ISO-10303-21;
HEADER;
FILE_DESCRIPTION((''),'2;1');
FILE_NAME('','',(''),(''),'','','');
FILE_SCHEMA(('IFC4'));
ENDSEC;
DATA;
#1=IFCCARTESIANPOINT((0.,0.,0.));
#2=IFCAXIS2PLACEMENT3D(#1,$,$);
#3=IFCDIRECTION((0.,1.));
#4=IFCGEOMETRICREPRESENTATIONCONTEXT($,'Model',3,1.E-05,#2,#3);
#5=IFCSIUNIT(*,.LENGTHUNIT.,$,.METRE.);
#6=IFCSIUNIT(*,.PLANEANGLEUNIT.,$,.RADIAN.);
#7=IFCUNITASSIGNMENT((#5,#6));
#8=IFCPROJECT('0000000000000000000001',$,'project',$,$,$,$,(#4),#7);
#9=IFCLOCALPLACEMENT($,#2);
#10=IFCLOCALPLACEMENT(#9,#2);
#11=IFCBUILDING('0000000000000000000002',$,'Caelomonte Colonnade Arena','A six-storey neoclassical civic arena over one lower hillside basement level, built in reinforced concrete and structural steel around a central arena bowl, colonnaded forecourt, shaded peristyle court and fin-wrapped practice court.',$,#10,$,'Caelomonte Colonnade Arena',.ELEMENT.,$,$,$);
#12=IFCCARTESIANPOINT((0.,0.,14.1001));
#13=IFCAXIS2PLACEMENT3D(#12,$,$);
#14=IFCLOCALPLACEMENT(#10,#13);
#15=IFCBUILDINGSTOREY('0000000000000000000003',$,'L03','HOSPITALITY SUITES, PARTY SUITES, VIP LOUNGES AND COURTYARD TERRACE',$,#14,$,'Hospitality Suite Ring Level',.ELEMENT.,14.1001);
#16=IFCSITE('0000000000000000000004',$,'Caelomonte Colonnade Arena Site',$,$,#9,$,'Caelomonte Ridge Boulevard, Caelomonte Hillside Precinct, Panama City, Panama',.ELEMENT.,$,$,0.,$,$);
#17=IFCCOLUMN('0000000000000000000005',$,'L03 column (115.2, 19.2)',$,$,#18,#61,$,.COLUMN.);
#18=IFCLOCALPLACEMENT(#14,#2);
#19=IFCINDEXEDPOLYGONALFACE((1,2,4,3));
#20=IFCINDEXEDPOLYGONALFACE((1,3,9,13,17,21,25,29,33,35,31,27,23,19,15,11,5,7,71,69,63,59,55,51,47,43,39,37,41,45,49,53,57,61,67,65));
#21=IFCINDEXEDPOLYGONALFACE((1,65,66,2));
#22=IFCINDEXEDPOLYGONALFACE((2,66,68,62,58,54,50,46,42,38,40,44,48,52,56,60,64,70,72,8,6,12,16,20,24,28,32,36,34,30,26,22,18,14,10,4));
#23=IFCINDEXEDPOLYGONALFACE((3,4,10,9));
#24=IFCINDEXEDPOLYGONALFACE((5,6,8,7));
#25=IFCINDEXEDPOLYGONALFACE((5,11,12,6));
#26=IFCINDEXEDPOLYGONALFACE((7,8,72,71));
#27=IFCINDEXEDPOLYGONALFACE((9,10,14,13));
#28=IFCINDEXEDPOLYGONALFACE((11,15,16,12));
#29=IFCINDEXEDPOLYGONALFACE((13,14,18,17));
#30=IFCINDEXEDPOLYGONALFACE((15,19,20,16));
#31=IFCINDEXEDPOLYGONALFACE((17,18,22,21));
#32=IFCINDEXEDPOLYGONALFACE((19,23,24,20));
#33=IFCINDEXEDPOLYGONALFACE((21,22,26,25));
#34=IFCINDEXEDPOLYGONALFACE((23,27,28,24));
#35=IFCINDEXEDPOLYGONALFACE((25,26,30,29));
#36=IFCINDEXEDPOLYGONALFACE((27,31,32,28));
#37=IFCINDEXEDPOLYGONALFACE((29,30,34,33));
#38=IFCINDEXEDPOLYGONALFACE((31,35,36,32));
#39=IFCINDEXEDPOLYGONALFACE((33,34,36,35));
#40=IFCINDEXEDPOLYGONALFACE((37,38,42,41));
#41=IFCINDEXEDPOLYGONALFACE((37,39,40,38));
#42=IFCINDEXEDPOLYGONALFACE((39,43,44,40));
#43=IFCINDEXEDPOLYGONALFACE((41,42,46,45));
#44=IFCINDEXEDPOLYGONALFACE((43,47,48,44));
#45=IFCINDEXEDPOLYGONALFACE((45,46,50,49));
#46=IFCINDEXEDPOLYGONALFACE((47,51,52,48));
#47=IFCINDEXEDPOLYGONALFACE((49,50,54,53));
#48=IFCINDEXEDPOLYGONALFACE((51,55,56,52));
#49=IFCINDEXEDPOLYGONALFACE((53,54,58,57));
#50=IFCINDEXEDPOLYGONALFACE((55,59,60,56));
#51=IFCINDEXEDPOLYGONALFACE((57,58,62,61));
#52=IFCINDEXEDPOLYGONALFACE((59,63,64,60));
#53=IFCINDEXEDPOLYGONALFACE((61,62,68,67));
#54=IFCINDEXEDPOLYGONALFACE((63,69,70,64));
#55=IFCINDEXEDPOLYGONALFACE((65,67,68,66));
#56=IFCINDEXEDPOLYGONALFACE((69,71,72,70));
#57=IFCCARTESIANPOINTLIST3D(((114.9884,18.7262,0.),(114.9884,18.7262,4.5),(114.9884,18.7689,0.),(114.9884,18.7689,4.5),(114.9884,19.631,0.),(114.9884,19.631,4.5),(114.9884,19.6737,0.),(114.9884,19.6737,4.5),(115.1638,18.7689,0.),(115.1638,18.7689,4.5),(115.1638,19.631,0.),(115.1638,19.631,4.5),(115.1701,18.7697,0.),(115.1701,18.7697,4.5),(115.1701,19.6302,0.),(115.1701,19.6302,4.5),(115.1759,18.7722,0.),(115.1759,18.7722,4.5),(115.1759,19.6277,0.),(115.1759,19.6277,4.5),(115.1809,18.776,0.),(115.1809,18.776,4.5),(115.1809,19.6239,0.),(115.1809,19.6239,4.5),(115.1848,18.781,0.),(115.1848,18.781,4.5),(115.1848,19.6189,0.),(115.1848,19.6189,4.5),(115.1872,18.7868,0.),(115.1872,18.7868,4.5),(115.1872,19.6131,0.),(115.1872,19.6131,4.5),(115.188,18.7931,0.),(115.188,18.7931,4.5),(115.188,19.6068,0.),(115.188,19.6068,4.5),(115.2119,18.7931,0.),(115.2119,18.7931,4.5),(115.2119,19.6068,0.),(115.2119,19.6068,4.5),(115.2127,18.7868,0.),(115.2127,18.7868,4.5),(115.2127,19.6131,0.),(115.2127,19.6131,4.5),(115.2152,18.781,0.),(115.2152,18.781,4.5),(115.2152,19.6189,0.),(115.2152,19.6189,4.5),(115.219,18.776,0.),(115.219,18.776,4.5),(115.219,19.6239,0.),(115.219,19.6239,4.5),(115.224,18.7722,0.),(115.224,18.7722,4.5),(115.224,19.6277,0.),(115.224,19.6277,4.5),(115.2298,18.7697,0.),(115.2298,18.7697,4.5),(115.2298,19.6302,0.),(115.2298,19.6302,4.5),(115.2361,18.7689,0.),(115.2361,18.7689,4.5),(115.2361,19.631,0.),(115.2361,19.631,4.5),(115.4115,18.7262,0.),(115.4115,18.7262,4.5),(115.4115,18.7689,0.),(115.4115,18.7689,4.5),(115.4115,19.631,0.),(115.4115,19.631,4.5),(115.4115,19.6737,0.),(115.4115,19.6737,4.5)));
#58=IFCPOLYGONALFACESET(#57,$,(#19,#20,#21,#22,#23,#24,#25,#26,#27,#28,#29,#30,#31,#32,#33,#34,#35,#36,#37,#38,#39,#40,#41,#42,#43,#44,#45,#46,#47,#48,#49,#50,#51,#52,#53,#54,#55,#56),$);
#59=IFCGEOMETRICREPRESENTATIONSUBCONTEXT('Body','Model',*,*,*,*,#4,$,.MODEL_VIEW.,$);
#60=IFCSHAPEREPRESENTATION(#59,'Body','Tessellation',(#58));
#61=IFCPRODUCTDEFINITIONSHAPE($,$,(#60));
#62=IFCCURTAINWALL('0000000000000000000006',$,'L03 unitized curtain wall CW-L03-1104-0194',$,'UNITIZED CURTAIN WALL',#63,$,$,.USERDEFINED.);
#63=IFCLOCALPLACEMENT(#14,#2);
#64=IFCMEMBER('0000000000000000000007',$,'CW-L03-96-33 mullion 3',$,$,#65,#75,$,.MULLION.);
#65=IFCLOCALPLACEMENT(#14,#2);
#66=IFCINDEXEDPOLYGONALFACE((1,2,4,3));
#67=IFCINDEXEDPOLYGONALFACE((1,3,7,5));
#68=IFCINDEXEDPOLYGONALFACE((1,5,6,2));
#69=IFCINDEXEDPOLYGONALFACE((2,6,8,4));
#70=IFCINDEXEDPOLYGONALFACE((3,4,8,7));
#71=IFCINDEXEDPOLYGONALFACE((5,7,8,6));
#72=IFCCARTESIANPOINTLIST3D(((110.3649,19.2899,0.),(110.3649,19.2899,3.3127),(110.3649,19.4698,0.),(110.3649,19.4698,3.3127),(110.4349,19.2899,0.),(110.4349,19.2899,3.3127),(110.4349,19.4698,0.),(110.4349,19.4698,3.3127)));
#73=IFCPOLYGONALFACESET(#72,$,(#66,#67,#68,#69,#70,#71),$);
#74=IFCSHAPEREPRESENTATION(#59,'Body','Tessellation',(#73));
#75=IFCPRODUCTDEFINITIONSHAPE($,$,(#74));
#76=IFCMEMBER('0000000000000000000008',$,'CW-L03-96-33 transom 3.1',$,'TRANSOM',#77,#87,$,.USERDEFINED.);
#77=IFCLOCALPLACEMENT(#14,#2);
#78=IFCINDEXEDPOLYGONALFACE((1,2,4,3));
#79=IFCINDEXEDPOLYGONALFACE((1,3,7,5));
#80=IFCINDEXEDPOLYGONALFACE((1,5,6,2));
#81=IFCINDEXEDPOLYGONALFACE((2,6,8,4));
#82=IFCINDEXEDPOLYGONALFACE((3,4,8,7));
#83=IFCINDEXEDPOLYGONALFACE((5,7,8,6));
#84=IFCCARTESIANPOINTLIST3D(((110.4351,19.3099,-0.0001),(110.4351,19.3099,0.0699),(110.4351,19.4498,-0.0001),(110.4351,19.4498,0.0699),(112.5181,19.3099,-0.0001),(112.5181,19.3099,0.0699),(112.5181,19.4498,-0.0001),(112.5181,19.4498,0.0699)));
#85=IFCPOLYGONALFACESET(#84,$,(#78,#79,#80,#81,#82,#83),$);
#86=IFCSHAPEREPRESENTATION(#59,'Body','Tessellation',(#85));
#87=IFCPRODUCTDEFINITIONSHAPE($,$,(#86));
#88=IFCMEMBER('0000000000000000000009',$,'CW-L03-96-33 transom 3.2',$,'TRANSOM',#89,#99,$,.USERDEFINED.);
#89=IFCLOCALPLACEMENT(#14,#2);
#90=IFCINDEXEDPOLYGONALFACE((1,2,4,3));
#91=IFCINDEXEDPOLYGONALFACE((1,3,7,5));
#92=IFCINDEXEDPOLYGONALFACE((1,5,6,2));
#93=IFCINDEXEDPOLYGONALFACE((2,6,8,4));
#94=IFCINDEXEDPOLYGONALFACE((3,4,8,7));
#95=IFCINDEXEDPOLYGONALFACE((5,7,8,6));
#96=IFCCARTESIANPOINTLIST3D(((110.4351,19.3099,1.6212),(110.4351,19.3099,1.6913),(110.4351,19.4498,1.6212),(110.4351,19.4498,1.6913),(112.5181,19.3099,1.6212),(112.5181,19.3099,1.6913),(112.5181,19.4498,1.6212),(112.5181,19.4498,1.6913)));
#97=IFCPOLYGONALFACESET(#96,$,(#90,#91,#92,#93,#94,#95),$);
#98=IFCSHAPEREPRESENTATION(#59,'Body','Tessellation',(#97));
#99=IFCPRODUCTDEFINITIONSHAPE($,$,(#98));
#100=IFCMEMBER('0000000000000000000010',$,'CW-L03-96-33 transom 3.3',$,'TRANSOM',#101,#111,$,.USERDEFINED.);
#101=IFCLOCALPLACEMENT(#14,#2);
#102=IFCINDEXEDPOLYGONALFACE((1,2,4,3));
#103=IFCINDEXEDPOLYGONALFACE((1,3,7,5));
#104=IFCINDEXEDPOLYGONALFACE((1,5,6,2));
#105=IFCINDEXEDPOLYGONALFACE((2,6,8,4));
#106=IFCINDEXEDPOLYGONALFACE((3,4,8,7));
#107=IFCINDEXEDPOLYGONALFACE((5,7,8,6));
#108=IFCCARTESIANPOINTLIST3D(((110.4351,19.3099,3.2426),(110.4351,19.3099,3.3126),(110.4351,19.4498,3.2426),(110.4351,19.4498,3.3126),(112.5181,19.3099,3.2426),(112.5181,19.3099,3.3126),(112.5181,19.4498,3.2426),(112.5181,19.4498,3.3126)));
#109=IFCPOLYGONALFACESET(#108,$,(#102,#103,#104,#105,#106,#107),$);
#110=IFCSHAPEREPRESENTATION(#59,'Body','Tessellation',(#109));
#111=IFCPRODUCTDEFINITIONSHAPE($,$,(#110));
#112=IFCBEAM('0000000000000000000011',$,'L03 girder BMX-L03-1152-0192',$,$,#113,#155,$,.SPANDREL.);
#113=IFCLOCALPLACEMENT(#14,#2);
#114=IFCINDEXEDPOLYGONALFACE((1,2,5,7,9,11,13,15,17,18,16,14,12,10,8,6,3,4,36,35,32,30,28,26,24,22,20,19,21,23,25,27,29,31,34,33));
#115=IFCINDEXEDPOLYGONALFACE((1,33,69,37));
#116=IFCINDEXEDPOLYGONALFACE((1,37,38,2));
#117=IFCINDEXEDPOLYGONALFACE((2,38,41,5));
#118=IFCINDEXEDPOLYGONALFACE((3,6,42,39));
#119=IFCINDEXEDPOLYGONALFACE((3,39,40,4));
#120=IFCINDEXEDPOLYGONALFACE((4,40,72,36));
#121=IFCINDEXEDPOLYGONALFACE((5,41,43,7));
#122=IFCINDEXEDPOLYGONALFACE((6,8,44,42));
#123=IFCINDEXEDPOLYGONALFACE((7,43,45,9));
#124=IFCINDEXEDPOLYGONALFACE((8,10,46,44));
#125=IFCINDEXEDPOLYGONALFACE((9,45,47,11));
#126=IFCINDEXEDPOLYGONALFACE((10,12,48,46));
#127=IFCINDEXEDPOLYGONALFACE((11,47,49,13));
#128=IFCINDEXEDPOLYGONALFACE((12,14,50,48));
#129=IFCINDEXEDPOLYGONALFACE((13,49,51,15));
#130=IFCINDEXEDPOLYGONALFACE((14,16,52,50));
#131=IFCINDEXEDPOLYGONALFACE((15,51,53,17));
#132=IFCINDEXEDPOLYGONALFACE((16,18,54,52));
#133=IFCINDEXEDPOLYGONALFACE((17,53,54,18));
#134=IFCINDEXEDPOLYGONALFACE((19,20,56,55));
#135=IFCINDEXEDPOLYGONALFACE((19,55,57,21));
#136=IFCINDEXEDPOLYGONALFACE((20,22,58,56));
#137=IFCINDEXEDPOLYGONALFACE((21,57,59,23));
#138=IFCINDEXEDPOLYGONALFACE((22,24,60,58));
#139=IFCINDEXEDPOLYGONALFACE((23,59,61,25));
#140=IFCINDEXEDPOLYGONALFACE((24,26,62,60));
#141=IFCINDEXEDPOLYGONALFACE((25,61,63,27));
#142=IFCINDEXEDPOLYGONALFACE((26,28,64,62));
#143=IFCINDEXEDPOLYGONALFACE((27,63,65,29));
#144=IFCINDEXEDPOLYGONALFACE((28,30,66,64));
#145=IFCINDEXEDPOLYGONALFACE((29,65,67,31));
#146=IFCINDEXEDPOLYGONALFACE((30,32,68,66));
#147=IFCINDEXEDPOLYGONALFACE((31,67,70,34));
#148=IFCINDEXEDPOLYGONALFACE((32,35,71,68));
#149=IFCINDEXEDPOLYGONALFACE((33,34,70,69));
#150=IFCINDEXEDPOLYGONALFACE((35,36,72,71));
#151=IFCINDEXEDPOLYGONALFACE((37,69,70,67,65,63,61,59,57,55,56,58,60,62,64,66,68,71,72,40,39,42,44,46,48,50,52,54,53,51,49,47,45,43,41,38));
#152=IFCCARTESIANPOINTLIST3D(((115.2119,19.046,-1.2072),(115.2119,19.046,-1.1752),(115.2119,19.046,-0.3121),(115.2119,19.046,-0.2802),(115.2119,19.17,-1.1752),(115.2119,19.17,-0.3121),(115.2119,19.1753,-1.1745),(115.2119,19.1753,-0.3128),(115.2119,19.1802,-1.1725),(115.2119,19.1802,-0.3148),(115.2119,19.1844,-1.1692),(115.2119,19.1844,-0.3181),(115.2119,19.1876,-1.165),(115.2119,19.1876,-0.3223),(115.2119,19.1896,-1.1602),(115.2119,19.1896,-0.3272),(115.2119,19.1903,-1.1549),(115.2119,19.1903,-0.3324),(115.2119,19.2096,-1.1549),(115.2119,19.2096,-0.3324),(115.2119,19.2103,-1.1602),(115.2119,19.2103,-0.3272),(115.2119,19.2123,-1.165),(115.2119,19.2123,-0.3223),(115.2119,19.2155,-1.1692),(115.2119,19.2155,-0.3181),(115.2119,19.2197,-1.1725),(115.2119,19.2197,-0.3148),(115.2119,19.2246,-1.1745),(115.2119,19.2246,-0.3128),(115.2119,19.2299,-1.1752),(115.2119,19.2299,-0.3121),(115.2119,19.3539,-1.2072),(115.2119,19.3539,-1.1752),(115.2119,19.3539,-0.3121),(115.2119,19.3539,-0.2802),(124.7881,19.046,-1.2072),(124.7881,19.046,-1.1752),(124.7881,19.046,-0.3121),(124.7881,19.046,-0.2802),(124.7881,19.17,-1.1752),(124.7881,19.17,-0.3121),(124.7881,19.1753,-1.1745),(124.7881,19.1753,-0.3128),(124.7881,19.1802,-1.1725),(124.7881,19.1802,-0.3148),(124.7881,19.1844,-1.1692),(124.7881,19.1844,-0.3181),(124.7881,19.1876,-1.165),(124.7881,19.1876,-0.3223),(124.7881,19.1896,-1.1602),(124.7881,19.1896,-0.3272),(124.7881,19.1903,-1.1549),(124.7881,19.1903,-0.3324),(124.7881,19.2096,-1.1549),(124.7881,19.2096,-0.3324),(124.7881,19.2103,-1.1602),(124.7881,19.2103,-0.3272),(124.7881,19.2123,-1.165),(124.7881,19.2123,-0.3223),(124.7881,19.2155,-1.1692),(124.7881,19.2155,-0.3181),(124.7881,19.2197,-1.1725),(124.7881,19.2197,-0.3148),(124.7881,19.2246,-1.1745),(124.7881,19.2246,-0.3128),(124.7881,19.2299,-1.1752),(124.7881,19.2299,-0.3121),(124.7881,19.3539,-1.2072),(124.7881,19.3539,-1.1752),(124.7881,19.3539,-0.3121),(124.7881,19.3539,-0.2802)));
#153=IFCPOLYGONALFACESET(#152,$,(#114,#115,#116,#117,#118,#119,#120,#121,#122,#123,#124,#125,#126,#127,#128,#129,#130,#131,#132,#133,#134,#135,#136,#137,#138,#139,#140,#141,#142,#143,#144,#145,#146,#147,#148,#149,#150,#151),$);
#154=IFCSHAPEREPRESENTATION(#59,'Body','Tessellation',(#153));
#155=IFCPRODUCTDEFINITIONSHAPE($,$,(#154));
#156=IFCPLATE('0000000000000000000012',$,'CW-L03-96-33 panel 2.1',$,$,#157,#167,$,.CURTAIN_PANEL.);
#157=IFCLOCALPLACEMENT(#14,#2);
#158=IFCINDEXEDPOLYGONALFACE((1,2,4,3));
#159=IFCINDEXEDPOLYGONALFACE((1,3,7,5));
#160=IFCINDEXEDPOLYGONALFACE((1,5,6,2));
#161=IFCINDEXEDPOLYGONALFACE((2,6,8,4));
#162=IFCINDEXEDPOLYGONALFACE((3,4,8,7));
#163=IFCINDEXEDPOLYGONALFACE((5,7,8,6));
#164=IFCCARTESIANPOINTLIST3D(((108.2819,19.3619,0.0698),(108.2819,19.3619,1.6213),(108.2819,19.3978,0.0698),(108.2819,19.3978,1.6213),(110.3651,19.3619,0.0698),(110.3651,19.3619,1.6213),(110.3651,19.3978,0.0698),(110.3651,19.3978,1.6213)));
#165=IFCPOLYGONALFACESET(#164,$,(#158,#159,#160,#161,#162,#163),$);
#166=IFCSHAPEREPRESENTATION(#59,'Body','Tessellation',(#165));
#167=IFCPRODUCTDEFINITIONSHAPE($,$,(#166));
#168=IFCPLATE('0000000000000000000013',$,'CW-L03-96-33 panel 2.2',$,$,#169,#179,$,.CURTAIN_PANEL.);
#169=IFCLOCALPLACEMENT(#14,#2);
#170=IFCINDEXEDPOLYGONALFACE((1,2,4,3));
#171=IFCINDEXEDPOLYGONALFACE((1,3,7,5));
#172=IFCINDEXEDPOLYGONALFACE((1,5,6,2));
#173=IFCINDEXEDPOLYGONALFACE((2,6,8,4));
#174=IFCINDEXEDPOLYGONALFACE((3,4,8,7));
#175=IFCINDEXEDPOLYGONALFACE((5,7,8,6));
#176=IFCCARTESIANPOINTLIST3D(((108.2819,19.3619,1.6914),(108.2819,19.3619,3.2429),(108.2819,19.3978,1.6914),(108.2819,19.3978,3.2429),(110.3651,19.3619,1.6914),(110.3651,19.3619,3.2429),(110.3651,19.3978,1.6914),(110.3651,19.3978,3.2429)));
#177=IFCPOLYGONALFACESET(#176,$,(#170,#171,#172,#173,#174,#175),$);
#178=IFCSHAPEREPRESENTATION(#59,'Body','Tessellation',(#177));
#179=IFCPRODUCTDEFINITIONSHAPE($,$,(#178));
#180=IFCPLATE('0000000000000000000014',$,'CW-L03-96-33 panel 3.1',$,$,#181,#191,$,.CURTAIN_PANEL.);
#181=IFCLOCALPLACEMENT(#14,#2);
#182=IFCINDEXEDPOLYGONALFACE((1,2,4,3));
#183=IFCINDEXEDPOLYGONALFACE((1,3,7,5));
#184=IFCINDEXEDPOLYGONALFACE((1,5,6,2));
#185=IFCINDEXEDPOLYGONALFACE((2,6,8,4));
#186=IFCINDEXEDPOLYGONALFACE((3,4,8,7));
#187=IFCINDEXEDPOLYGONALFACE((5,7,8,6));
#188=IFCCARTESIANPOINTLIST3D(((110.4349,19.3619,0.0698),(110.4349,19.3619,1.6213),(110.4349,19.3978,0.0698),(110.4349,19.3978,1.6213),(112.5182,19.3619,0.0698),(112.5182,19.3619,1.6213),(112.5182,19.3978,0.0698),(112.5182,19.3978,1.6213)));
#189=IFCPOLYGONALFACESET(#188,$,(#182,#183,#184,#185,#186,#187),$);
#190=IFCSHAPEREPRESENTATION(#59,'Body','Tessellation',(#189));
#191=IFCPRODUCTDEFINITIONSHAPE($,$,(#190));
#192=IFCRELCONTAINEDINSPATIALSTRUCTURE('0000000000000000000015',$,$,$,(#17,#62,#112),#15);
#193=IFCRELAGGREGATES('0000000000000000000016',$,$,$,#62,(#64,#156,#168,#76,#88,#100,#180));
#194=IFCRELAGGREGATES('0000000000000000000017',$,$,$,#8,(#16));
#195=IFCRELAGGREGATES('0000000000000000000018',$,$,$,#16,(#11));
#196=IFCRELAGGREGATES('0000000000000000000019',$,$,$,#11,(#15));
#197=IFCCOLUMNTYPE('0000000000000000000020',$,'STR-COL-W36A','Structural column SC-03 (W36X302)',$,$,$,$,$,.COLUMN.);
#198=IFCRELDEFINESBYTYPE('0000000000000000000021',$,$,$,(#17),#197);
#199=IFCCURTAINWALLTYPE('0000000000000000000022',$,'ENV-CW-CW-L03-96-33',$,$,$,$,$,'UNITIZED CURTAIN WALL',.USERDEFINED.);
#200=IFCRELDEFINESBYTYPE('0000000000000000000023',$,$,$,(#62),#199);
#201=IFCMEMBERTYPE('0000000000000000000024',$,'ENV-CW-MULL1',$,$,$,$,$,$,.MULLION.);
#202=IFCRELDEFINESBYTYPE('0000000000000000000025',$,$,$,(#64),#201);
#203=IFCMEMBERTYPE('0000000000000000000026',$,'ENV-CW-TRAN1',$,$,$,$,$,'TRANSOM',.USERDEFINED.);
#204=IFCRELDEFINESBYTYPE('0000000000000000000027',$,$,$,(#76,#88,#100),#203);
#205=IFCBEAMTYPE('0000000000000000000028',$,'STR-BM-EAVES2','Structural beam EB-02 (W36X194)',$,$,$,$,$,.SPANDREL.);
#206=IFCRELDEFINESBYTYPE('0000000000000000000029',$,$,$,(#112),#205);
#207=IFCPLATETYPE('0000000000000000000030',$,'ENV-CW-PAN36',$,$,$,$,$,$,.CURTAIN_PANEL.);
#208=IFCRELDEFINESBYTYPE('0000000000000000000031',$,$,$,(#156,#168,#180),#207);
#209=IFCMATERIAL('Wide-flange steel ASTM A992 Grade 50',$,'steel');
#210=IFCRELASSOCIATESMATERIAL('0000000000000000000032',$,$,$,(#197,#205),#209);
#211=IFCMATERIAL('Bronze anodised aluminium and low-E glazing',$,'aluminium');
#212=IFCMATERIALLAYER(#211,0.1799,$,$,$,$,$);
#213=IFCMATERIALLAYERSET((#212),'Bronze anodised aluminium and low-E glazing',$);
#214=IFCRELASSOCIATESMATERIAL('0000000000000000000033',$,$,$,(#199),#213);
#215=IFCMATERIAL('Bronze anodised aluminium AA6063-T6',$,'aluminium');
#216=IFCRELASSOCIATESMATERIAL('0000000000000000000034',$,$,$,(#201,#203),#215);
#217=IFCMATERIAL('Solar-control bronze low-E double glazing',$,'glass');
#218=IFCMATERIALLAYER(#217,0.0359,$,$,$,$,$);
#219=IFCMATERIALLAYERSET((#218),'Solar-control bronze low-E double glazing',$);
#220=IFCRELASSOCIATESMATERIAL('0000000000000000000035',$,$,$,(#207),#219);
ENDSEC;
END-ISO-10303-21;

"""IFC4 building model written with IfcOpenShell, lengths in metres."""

from ifc_helpers import new_model, si_unit, direction, frame, origin, origin_2d, place, context, subcontext, project, spatial, rectangle, i_section, extrude, material, layer, layer_set, material_profile, profile_set, type_object, element, aggregate, save


model = new_model("IFC4")

# Units and contexts
model_context = context("Model", 3, precision=1e-05, world=origin(), true_north=direction((0.0, 1.0)))
body_context = subcontext(model_context, "Body", "Model", "MODEL_VIEW")
ifc_project = project(units=[si_unit("LENGTHUNIT", "METRE"), si_unit("PLANEANGLEUNIT", "RADIAN")], contexts=[model_context])

# Site, building, storey
site_placement = place(None, origin())
site = spatial("IfcSite", under=ifc_project, at=site_placement, Name="Caelomonte Colonnade Arena Site", LongName="Caelomonte Ridge Boulevard, Caelomonte Hillside Precinct, Panama City, Panama", CompositionType="ELEMENT", RefElevation=0.0)
building_placement = place(site_placement, origin())
building = spatial("IfcBuilding", under=site, at=building_placement, Name="Caelomonte Colonnade Arena", Description="A six-storey neoclassical civic arena over one lower hillside basement level, built in reinforced concrete and structural steel around a central arena bowl, colonnaded forecourt, shaded peristyle court and fin-wrapped practice court.", LongName="Caelomonte Colonnade Arena", CompositionType="ELEMENT")
storey_placement = place(building_placement, frame((0.0, 0.0, 14.1001)))
storey = spatial("IfcBuildingStorey", under=building, at=storey_placement, Name="L03", Description="HOSPITALITY SUITES, PARTY SUITES, VIP LOUNGES AND COURTYARD TERRACE", LongName="Hospitality Suite Ring Level", CompositionType="ELEMENT", Elevation=14.1001)

# Column
ifc_material_1 = material(Name="Wide-flange steel ASTM A992 Grade 50", Category="steel")
ifc_material_profile_1 = material_profile(ifc_material_1, i_section(OverallWidth=0.4231, OverallDepth=0.9475, WebThickness=0.0239, FlangeThickness=0.0427, FilletRadius=0.0242, at=origin_2d()), Name="W36X302")
ifc_profile_set_1 = profile_set([ifc_material_profile_1], Name="Wide-flange steel ASTM A992 Grade 50")
column_type = type_object("IfcColumnType", Name="STR-COL-W36A", Description="Structural column SC-03 (W36X302)", PredefinedType="COLUMN", material=ifc_profile_set_1)
column_placement = place(storey_placement, frame((115.2, 19.2, 0.0), z_axis=(0.0, 0.0, 1.0), x_axis=(1.0, 0.0, 0.0)))
element("IfcColumn", 1, at=column_placement, inside=storey, type_object=column_type, Name="L03 column (115.2, 19.2)", PredefinedType="COLUMN", context=body_context, shape_type="SweptSolid", body=[
    extrude(i_section(OverallWidth=0.4231, OverallDepth=0.9475, WebThickness=0.0239, FlangeThickness=0.0427, FilletRadius=0.0242, at=origin_2d()), origin(), (0.0, 0.0, 1.0), 4.5),
])

# Curtain wall, members
ifc_material_2 = material(Name="Bronze anodised aluminium and low-E glazing", Category="aluminium")
ifc_layer_1 = layer(ifc_material_2, 0.1799)
ifc_layer_set_1 = layer_set([ifc_layer_1], Name="Bronze anodised aluminium and low-E glazing")
curtain_wall_type = type_object("IfcCurtainWallType", Name="ENV-CW-CW-L03-96-33", ElementType="UNITIZED CURTAIN WALL", PredefinedType="USERDEFINED", material=ifc_layer_set_1)
curtain_wall_placement = place(storey_placement, origin())
curtain_wall = element("IfcCurtainWall", 2, at=curtain_wall_placement, inside=storey, type_object=curtain_wall_type, Name="L03 unitized curtain wall CW-L03-1104-0194", ObjectType="UNITIZED CURTAIN WALL", PredefinedType="USERDEFINED")
ifc_material_3 = material(Name="Bronze anodised aluminium AA6063-T6", Category="aluminium")
ifc_material_profile_2 = material_profile(ifc_material_3, rectangle(XDim=0.0701, YDim=0.1799, at=origin_2d()), Name="CWM-70X180")
ifc_profile_set_2 = profile_set([ifc_material_profile_2], Name="Bronze anodised aluminium AA6063-T6")
member_type_1 = type_object("IfcMemberType", Name="ENV-CW-MULL1", PredefinedType="MULLION", material=ifc_profile_set_2)
member_1_placement = place(storey_placement, frame((110.3999, 19.3799, 0.0), z_axis=(0.0, 0.0, 1.0), x_axis=(1.0, 0.0, 0.0)))
member_1 = element("IfcMember", 3, at=member_1_placement, type_object=member_type_1, Name="CW-L03-96-33 mullion 3", PredefinedType="MULLION", context=body_context, shape_type="SweptSolid", body=[
    extrude(rectangle(XDim=0.0701, YDim=0.1799, at=origin_2d()), origin(), (0.0, 0.0, 1.0), 3.3127),
])
ifc_material_profile_3 = material_profile(ifc_material_3, rectangle(XDim=0.0701, YDim=0.1399, at=origin_2d()), Name="CWT-70X140")
ifc_profile_set_3 = profile_set([ifc_material_profile_3], Name="Bronze anodised aluminium AA6063-T6")
member_type_2 = type_object("IfcMemberType", Name="ENV-CW-TRAN1", ElementType="TRANSOM", PredefinedType="USERDEFINED", material=ifc_profile_set_3)
member_2_placement = place(storey_placement, frame((110.4351, 19.3799, 0.0349), z_axis=(1.0, 0.0, 0.0), x_axis=(0.0, 0.0, 1.0)))
member_2 = element("IfcMember", 4, at=member_2_placement, type_object=member_type_2, Name="CW-L03-96-33 transom 3.1", ObjectType="TRANSOM", PredefinedType="USERDEFINED", context=body_context, shape_type="SweptSolid", body=[
    extrude(rectangle(XDim=0.0701, YDim=0.1399, at=origin_2d()), origin(), (0.0, 0.0, 1.0), 2.083),
])
member_3_placement = place(storey_placement, frame((110.4351, 19.3799, 1.6562), z_axis=(1.0, 0.0, 0.0), x_axis=(0.0, 0.0, 1.0)))
member_3 = element("IfcMember", 5, at=member_3_placement, type_object=member_type_2, Name="CW-L03-96-33 transom 3.2", ObjectType="TRANSOM", PredefinedType="USERDEFINED", context=body_context, shape_type="SweptSolid", body=[
    extrude(rectangle(XDim=0.0701, YDim=0.1399, at=origin_2d()), origin(), (0.0, 0.0, 1.0), 2.083),
])
member_4_placement = place(storey_placement, frame((110.4351, 19.3799, 3.2776), z_axis=(1.0, 0.0, 0.0), x_axis=(0.0, 0.0, 1.0)))
member_4 = element("IfcMember", 6, at=member_4_placement, type_object=member_type_2, Name="CW-L03-96-33 transom 3.3", ObjectType="TRANSOM", PredefinedType="USERDEFINED", context=body_context, shape_type="SweptSolid", body=[
    extrude(rectangle(XDim=0.0701, YDim=0.1399, at=origin_2d()), origin(), (0.0, 0.0, 1.0), 2.083),
])

# Beam
ifc_material_profile_4 = material_profile(ifc_material_1, i_section(OverallWidth=0.3079, OverallDepth=0.927, WebThickness=0.0193, FlangeThickness=0.032, FilletRadius=0.0203, at=origin_2d()), Name="W36X194")
ifc_profile_set_4 = profile_set([ifc_material_profile_4], Name="Wide-flange steel ASTM A992 Grade 50")
beam_type = type_object("IfcBeamType", Name="STR-BM-EAVES2", Description="Structural beam EB-02 (W36X194)", PredefinedType="SPANDREL", material=ifc_profile_set_4)
beam_placement = place(storey_placement, frame((115.2119, 19.2, -0.7437), z_axis=(1.0, 0.0, 0.0), x_axis=(0.0, 1.0, 0.0)))
element("IfcBeam", 7, at=beam_placement, inside=storey, type_object=beam_type, Name="L03 girder BMX-L03-1152-0192", PredefinedType="SPANDREL", context=body_context, shape_type="SweptSolid", body=[
    extrude(i_section(OverallWidth=0.3079, OverallDepth=0.927, WebThickness=0.0193, FlangeThickness=0.032, FilletRadius=0.0203, at=origin_2d()), origin(), (0.0, 0.0, 1.0), 9.5762),
])

# Plates
ifc_material_4 = material(Name="Solar-control bronze low-E double glazing", Category="glass")
ifc_layer_2 = layer(ifc_material_4, 0.0359)
ifc_layer_set_2 = layer_set([ifc_layer_2], Name="Solar-control bronze low-E double glazing")
plate_type = type_object("IfcPlateType", Name="ENV-CW-PAN36", PredefinedType="CURTAIN_PANEL", material=ifc_layer_set_2)
plate_1_placement = place(storey_placement, frame((109.3235, 19.3799, 0.0698), z_axis=(0.0, 0.0, 1.0), x_axis=(1.0, 0.0, 0.0)))
plate_1 = element("IfcPlate", 8, at=plate_1_placement, type_object=plate_type, Name="CW-L03-96-33 panel 2.1", PredefinedType="CURTAIN_PANEL", context=body_context, shape_type="SweptSolid", body=[
    extrude(rectangle(XDim=2.0833, YDim=0.0359, at=origin_2d()), origin(), (0.0, 0.0, 1.0), 1.5515),
])
plate_2_placement = place(storey_placement, frame((109.3235, 19.3799, 1.6914), z_axis=(0.0, 0.0, 1.0), x_axis=(1.0, 0.0, 0.0)))
plate_2 = element("IfcPlate", 9, at=plate_2_placement, type_object=plate_type, Name="CW-L03-96-33 panel 2.2", PredefinedType="CURTAIN_PANEL", context=body_context, shape_type="SweptSolid", body=[
    extrude(rectangle(XDim=2.0833, YDim=0.0359, at=origin_2d()), origin(), (0.0, 0.0, 1.0), 1.5515),
])
plate_3_placement = place(storey_placement, frame((111.4766, 19.3799, 0.0698), z_axis=(0.0, 0.0, 1.0), x_axis=(1.0, 0.0, 0.0)))
plate_3 = element("IfcPlate", 10, at=plate_3_placement, type_object=plate_type, Name="CW-L03-96-33 panel 3.1", PredefinedType="CURTAIN_PANEL", context=body_context, shape_type="SweptSolid", body=[
    extrude(rectangle(XDim=2.0833, YDim=0.0359, at=origin_2d()), origin(), (0.0, 0.0, 1.0), 1.5515),
])
aggregate(curtain_wall, [member_1, plate_1, plate_2, member_2, member_3, member_4, plate_3])

save(model, "model.ifc")
